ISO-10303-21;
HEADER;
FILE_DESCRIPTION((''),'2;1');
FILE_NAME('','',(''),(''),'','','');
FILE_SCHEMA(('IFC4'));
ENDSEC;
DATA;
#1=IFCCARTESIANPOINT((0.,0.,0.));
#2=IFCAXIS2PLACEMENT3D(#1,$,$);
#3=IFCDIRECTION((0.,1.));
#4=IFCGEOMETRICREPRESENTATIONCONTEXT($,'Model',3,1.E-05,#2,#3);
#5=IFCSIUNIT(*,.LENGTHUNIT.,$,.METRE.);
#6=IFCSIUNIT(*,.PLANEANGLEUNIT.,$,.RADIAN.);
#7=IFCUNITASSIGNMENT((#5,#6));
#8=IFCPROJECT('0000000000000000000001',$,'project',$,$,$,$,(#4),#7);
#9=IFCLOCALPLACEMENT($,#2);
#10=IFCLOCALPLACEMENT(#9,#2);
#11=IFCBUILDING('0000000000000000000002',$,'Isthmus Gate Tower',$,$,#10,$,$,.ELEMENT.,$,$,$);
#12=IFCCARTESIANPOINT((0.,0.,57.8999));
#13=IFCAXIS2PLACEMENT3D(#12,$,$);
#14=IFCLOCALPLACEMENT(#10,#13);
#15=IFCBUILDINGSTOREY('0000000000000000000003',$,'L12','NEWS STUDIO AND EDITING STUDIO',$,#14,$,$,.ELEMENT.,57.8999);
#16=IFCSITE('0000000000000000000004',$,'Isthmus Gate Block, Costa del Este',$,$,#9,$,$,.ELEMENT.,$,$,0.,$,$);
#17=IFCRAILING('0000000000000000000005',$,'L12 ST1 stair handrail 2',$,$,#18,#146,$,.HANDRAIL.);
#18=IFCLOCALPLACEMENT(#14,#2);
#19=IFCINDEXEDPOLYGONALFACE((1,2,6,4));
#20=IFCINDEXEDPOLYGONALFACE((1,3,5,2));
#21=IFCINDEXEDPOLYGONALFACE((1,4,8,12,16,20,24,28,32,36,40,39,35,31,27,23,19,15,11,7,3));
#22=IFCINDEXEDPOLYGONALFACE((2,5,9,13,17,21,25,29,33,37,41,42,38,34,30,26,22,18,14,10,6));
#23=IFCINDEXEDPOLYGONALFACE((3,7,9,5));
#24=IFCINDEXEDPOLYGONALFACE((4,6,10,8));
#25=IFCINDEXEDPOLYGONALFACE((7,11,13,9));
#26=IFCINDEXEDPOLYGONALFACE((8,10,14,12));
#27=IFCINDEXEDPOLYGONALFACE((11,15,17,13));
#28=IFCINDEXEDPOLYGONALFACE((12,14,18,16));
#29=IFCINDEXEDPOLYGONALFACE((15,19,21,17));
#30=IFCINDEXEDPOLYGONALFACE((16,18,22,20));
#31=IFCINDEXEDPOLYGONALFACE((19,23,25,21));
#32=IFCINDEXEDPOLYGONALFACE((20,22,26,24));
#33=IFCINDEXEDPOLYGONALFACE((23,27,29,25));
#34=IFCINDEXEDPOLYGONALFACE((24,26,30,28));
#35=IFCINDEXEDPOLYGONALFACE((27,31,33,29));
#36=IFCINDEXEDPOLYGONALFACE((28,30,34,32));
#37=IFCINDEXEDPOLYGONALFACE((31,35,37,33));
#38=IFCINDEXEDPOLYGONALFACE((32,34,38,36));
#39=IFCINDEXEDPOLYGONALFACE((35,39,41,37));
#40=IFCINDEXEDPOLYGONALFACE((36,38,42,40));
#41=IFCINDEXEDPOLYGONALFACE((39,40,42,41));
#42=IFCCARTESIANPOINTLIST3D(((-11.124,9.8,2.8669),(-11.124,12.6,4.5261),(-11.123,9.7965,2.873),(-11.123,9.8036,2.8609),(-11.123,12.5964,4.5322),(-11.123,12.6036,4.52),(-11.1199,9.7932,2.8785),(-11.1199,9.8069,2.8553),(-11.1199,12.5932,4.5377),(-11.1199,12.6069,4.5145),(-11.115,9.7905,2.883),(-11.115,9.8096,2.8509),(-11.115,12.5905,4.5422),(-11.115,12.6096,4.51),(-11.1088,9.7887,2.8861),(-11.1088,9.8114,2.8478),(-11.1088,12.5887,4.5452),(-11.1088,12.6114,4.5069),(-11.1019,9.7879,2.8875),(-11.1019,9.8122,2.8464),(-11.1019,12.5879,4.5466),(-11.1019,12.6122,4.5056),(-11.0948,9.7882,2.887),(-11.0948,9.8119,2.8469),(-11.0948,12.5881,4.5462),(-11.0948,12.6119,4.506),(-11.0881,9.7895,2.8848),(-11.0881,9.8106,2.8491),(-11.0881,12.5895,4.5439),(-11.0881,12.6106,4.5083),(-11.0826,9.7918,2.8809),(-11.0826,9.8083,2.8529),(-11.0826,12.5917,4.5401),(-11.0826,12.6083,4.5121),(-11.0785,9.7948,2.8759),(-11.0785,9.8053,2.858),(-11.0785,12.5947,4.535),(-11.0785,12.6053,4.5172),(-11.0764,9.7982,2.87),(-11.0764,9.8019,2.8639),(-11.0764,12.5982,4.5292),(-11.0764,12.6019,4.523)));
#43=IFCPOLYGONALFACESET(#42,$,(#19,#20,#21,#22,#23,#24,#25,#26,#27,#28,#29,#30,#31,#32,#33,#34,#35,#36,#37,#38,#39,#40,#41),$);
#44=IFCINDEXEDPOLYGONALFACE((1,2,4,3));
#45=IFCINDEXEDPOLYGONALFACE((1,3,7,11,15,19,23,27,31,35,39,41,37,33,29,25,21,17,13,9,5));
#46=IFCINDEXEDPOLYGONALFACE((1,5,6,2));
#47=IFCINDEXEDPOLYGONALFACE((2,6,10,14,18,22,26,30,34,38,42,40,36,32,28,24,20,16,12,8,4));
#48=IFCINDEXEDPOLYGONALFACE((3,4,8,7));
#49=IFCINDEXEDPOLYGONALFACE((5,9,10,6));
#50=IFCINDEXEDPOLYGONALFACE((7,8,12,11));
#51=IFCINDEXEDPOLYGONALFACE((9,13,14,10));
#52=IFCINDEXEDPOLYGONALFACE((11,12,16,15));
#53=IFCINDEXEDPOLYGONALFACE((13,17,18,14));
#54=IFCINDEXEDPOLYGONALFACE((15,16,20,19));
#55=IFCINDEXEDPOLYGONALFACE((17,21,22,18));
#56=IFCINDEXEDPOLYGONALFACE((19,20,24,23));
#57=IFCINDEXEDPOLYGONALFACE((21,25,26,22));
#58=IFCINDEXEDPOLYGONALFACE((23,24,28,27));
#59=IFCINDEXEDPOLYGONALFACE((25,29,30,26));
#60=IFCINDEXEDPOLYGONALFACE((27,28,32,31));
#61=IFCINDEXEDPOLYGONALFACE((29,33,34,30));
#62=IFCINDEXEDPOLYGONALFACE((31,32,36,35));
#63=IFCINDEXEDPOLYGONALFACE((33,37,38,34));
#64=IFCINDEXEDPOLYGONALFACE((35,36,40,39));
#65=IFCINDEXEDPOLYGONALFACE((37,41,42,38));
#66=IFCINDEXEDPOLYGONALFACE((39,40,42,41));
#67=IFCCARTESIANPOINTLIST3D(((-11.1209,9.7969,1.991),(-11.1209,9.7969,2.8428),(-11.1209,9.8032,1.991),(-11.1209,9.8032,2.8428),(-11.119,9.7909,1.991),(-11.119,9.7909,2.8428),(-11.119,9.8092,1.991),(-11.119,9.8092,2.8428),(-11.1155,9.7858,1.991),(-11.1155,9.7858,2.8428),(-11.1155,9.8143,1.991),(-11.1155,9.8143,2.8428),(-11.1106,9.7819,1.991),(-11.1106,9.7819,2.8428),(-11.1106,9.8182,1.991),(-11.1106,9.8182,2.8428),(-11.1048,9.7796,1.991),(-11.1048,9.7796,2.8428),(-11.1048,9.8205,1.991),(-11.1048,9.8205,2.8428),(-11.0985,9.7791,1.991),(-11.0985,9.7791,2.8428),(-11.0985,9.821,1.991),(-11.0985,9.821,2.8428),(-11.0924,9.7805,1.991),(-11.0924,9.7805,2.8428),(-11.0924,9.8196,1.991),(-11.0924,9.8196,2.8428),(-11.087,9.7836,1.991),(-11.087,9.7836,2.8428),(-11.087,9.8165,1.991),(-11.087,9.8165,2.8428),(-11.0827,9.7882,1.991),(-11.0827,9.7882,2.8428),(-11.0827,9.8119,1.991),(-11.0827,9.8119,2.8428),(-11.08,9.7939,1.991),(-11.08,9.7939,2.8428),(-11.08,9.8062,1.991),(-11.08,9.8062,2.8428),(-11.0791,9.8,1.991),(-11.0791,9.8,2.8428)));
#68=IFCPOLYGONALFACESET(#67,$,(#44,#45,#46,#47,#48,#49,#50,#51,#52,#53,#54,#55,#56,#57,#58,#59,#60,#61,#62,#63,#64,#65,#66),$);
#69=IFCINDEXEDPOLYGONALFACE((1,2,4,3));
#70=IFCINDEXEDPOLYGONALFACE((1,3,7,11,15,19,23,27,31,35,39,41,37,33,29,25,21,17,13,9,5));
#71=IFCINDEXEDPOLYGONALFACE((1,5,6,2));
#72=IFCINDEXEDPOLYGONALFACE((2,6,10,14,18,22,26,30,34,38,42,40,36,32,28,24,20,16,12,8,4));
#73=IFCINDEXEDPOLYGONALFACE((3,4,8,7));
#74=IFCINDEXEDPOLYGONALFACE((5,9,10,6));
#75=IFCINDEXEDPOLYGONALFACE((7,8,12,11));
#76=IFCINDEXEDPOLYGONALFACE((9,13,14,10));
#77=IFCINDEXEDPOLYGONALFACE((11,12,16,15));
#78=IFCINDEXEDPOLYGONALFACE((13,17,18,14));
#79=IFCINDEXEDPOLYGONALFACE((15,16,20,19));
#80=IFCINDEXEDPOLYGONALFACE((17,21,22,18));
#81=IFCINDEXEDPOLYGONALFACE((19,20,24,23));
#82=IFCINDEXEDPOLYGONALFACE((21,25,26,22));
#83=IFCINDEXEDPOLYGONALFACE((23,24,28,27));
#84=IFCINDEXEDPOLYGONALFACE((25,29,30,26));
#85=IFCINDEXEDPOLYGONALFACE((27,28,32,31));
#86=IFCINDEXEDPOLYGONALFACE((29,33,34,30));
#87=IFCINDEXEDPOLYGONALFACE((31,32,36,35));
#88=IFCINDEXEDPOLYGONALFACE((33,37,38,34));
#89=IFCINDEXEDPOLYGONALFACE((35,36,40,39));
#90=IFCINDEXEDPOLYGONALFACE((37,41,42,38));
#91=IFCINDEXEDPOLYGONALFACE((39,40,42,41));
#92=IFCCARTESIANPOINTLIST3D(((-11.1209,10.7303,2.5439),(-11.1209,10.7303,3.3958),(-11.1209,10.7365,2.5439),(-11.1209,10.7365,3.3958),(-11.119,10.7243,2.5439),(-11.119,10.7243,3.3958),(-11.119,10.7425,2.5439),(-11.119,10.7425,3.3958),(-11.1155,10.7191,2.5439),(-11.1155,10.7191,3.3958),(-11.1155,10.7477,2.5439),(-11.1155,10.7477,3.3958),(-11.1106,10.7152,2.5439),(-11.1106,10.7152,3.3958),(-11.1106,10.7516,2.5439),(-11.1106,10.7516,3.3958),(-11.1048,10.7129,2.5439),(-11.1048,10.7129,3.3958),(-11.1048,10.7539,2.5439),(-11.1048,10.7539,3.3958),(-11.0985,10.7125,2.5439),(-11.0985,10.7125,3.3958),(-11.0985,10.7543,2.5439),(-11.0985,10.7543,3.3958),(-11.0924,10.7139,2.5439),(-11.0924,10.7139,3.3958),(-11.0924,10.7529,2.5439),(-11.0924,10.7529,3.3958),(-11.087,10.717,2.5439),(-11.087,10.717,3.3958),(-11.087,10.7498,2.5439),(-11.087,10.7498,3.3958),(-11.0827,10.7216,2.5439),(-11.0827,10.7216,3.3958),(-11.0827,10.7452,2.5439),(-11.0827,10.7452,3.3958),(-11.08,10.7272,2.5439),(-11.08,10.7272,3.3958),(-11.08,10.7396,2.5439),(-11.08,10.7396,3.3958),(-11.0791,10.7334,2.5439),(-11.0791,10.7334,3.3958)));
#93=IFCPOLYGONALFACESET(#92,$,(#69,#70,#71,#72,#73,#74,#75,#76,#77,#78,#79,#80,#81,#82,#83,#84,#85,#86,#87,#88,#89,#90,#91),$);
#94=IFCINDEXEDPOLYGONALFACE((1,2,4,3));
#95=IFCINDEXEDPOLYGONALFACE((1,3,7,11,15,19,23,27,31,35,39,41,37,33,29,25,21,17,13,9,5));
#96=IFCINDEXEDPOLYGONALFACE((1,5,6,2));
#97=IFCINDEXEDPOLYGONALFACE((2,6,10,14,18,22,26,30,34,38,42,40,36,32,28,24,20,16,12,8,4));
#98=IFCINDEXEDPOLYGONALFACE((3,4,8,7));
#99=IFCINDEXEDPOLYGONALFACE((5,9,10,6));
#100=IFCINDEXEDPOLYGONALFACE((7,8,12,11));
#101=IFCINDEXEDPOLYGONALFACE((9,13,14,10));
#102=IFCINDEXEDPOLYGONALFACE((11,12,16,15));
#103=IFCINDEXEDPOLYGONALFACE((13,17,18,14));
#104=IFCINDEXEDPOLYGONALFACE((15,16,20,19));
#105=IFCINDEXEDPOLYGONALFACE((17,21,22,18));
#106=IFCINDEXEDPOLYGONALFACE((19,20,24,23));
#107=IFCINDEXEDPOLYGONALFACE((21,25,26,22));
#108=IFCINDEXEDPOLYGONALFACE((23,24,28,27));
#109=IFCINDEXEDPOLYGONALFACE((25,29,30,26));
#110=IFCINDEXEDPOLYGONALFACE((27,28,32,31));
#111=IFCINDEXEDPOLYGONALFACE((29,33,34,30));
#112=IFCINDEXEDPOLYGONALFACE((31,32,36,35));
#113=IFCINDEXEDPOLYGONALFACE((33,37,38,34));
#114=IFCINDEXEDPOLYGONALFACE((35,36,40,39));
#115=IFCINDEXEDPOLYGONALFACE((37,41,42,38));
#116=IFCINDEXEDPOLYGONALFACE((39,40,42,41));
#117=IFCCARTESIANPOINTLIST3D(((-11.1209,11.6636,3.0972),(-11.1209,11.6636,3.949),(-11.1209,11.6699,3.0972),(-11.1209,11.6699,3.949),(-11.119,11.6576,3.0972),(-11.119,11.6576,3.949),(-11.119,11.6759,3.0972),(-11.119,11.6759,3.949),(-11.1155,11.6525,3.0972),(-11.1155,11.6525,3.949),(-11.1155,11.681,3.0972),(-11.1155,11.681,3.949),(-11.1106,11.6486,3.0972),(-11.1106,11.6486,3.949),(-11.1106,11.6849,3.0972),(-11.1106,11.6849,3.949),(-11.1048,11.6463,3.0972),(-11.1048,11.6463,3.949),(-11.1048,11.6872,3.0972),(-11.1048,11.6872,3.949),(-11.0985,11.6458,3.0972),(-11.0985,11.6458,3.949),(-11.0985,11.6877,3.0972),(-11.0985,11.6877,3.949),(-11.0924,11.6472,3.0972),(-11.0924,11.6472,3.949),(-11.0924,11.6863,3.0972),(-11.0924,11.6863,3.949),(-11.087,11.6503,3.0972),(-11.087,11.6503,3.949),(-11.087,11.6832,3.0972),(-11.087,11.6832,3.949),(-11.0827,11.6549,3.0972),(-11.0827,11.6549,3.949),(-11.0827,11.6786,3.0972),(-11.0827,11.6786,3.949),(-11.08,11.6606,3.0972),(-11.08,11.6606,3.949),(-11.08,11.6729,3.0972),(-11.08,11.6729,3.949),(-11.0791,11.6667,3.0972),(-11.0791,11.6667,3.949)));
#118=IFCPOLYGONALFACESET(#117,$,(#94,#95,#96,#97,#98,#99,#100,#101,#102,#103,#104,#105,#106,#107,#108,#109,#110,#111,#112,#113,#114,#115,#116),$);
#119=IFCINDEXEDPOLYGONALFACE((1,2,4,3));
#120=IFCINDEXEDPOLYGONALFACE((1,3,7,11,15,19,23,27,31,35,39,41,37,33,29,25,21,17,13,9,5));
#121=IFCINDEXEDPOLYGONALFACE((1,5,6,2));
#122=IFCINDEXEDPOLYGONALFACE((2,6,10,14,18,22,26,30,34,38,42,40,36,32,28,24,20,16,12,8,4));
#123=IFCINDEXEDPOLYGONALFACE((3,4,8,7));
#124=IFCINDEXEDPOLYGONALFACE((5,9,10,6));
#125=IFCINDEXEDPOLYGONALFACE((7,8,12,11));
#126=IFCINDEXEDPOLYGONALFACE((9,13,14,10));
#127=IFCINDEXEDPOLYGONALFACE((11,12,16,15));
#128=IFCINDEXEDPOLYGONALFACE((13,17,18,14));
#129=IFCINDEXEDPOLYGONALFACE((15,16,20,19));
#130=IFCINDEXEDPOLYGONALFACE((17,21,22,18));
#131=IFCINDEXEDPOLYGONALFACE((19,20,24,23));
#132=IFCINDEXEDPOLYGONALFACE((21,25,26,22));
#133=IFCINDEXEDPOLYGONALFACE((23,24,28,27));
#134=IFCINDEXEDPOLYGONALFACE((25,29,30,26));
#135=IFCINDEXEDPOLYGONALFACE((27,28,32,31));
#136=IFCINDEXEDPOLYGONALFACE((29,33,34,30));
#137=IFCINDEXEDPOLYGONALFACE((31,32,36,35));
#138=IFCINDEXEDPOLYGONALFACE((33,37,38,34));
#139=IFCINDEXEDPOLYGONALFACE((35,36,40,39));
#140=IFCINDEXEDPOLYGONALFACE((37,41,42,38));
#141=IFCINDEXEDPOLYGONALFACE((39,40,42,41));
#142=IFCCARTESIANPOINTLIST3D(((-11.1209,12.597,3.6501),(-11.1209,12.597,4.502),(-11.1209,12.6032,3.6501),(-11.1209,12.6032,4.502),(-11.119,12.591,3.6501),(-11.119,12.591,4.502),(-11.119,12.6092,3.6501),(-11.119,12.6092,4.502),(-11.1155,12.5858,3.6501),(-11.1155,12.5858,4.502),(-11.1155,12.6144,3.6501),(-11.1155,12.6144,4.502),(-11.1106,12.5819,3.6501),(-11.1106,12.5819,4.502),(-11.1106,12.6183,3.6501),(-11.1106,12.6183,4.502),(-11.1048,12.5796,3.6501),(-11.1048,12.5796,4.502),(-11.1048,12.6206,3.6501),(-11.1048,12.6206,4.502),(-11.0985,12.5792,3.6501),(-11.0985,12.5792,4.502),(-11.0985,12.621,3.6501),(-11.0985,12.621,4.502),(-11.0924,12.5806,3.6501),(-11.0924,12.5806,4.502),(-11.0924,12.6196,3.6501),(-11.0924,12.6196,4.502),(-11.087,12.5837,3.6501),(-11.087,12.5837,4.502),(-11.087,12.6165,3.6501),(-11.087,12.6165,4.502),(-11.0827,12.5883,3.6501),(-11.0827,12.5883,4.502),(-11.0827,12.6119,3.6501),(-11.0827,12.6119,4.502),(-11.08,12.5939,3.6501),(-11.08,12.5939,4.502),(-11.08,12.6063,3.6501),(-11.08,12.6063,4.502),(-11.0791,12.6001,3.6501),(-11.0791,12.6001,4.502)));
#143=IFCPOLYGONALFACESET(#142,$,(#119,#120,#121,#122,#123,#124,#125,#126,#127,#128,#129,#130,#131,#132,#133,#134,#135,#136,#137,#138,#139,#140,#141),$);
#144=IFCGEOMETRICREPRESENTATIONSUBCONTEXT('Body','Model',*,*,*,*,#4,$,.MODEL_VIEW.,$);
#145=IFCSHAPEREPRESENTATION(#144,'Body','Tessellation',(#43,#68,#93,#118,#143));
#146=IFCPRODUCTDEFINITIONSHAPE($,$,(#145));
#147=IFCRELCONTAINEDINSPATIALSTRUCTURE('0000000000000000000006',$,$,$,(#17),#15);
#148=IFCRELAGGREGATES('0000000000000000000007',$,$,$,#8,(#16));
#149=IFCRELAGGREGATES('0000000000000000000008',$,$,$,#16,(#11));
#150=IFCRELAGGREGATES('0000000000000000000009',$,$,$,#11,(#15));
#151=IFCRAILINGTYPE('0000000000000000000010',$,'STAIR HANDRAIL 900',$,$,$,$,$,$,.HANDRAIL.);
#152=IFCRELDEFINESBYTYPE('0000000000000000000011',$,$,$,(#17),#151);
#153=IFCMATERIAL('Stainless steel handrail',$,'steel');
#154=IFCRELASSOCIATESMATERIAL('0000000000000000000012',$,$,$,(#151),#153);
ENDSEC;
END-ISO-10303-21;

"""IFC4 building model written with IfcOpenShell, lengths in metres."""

from ifc_helpers import new_model, si_unit, direction, frame, origin, origin_2d, place, context, subcontext, project, spatial, circle, extrude, material, type_object, element, save


model = new_model("IFC4")

# Units and contexts
model_context = context("Model", 3, precision=1e-05, world=origin(), true_north=direction((0.0, 1.0)))
body_context = subcontext(model_context, "Body", "Model", "MODEL_VIEW")
ifc_project = project(units=[si_unit("LENGTHUNIT", "METRE"), si_unit("PLANEANGLEUNIT", "RADIAN")], contexts=[model_context])

# Site, building, storey
site_placement = place(None, origin())
site = spatial("IfcSite", under=ifc_project, at=site_placement, Name="Isthmus Gate Block, Costa del Este", CompositionType="ELEMENT", RefElevation=0.0)
building_placement = place(site_placement, origin())
building = spatial("IfcBuilding", under=site, at=building_placement, Name="Isthmus Gate Tower", CompositionType="ELEMENT")
storey_placement = place(building_placement, frame((0.0, 0.0, 57.8999)))
storey = spatial("IfcBuildingStorey", under=building, at=storey_placement, Name="L12", Description="NEWS STUDIO AND EDITING STUDIO", CompositionType="ELEMENT", Elevation=57.8999)

# Railing
ifc_material_1 = material(Name="Stainless steel handrail", Category="steel")
railing_type_1 = type_object("IfcRailingType", Name="STAIR HANDRAIL 900", PredefinedType="HANDRAIL", material=ifc_material_1)
railing_1_placement = place(storey_placement, frame((-11.1001, 9.8, 1.991)))
element("IfcRailing", 1, at=railing_1_placement, inside=storey, type_object=railing_type_1, Name="L12 ST1 stair handrail 2", PredefinedType="HANDRAIL", context=body_context, shape_type="SweptSolid", body=[
    extrude(circle(Radius=0.0239, at=origin_2d()), frame((0.0, 0.0, 0.876), z_axis=(0.0, 0.860306, 0.509778), x_axis=(-1.0, 0.0, 0.0)), (0.0, 0.0, 1.0), 3.2546),
    extrude(circle(Radius=0.021, at=origin_2d()), origin(), (0.0, 0.0, 1.0), 0.8518),
    extrude(circle(Radius=0.021, at=origin_2d()), frame((0.0, 0.9333, 0.553)), (0.0, 0.0, 1.0), 0.8518),
    extrude(circle(Radius=0.021, at=origin_2d()), frame((0.0, 1.8667, 1.1062)), (0.0, 0.0, 1.0), 0.8518),
    extrude(circle(Radius=0.021, at=origin_2d()), frame((0.0, 2.8, 1.6592)), (0.0, 0.0, 1.0), 0.8518),
])

save(model, "model.ifc")
